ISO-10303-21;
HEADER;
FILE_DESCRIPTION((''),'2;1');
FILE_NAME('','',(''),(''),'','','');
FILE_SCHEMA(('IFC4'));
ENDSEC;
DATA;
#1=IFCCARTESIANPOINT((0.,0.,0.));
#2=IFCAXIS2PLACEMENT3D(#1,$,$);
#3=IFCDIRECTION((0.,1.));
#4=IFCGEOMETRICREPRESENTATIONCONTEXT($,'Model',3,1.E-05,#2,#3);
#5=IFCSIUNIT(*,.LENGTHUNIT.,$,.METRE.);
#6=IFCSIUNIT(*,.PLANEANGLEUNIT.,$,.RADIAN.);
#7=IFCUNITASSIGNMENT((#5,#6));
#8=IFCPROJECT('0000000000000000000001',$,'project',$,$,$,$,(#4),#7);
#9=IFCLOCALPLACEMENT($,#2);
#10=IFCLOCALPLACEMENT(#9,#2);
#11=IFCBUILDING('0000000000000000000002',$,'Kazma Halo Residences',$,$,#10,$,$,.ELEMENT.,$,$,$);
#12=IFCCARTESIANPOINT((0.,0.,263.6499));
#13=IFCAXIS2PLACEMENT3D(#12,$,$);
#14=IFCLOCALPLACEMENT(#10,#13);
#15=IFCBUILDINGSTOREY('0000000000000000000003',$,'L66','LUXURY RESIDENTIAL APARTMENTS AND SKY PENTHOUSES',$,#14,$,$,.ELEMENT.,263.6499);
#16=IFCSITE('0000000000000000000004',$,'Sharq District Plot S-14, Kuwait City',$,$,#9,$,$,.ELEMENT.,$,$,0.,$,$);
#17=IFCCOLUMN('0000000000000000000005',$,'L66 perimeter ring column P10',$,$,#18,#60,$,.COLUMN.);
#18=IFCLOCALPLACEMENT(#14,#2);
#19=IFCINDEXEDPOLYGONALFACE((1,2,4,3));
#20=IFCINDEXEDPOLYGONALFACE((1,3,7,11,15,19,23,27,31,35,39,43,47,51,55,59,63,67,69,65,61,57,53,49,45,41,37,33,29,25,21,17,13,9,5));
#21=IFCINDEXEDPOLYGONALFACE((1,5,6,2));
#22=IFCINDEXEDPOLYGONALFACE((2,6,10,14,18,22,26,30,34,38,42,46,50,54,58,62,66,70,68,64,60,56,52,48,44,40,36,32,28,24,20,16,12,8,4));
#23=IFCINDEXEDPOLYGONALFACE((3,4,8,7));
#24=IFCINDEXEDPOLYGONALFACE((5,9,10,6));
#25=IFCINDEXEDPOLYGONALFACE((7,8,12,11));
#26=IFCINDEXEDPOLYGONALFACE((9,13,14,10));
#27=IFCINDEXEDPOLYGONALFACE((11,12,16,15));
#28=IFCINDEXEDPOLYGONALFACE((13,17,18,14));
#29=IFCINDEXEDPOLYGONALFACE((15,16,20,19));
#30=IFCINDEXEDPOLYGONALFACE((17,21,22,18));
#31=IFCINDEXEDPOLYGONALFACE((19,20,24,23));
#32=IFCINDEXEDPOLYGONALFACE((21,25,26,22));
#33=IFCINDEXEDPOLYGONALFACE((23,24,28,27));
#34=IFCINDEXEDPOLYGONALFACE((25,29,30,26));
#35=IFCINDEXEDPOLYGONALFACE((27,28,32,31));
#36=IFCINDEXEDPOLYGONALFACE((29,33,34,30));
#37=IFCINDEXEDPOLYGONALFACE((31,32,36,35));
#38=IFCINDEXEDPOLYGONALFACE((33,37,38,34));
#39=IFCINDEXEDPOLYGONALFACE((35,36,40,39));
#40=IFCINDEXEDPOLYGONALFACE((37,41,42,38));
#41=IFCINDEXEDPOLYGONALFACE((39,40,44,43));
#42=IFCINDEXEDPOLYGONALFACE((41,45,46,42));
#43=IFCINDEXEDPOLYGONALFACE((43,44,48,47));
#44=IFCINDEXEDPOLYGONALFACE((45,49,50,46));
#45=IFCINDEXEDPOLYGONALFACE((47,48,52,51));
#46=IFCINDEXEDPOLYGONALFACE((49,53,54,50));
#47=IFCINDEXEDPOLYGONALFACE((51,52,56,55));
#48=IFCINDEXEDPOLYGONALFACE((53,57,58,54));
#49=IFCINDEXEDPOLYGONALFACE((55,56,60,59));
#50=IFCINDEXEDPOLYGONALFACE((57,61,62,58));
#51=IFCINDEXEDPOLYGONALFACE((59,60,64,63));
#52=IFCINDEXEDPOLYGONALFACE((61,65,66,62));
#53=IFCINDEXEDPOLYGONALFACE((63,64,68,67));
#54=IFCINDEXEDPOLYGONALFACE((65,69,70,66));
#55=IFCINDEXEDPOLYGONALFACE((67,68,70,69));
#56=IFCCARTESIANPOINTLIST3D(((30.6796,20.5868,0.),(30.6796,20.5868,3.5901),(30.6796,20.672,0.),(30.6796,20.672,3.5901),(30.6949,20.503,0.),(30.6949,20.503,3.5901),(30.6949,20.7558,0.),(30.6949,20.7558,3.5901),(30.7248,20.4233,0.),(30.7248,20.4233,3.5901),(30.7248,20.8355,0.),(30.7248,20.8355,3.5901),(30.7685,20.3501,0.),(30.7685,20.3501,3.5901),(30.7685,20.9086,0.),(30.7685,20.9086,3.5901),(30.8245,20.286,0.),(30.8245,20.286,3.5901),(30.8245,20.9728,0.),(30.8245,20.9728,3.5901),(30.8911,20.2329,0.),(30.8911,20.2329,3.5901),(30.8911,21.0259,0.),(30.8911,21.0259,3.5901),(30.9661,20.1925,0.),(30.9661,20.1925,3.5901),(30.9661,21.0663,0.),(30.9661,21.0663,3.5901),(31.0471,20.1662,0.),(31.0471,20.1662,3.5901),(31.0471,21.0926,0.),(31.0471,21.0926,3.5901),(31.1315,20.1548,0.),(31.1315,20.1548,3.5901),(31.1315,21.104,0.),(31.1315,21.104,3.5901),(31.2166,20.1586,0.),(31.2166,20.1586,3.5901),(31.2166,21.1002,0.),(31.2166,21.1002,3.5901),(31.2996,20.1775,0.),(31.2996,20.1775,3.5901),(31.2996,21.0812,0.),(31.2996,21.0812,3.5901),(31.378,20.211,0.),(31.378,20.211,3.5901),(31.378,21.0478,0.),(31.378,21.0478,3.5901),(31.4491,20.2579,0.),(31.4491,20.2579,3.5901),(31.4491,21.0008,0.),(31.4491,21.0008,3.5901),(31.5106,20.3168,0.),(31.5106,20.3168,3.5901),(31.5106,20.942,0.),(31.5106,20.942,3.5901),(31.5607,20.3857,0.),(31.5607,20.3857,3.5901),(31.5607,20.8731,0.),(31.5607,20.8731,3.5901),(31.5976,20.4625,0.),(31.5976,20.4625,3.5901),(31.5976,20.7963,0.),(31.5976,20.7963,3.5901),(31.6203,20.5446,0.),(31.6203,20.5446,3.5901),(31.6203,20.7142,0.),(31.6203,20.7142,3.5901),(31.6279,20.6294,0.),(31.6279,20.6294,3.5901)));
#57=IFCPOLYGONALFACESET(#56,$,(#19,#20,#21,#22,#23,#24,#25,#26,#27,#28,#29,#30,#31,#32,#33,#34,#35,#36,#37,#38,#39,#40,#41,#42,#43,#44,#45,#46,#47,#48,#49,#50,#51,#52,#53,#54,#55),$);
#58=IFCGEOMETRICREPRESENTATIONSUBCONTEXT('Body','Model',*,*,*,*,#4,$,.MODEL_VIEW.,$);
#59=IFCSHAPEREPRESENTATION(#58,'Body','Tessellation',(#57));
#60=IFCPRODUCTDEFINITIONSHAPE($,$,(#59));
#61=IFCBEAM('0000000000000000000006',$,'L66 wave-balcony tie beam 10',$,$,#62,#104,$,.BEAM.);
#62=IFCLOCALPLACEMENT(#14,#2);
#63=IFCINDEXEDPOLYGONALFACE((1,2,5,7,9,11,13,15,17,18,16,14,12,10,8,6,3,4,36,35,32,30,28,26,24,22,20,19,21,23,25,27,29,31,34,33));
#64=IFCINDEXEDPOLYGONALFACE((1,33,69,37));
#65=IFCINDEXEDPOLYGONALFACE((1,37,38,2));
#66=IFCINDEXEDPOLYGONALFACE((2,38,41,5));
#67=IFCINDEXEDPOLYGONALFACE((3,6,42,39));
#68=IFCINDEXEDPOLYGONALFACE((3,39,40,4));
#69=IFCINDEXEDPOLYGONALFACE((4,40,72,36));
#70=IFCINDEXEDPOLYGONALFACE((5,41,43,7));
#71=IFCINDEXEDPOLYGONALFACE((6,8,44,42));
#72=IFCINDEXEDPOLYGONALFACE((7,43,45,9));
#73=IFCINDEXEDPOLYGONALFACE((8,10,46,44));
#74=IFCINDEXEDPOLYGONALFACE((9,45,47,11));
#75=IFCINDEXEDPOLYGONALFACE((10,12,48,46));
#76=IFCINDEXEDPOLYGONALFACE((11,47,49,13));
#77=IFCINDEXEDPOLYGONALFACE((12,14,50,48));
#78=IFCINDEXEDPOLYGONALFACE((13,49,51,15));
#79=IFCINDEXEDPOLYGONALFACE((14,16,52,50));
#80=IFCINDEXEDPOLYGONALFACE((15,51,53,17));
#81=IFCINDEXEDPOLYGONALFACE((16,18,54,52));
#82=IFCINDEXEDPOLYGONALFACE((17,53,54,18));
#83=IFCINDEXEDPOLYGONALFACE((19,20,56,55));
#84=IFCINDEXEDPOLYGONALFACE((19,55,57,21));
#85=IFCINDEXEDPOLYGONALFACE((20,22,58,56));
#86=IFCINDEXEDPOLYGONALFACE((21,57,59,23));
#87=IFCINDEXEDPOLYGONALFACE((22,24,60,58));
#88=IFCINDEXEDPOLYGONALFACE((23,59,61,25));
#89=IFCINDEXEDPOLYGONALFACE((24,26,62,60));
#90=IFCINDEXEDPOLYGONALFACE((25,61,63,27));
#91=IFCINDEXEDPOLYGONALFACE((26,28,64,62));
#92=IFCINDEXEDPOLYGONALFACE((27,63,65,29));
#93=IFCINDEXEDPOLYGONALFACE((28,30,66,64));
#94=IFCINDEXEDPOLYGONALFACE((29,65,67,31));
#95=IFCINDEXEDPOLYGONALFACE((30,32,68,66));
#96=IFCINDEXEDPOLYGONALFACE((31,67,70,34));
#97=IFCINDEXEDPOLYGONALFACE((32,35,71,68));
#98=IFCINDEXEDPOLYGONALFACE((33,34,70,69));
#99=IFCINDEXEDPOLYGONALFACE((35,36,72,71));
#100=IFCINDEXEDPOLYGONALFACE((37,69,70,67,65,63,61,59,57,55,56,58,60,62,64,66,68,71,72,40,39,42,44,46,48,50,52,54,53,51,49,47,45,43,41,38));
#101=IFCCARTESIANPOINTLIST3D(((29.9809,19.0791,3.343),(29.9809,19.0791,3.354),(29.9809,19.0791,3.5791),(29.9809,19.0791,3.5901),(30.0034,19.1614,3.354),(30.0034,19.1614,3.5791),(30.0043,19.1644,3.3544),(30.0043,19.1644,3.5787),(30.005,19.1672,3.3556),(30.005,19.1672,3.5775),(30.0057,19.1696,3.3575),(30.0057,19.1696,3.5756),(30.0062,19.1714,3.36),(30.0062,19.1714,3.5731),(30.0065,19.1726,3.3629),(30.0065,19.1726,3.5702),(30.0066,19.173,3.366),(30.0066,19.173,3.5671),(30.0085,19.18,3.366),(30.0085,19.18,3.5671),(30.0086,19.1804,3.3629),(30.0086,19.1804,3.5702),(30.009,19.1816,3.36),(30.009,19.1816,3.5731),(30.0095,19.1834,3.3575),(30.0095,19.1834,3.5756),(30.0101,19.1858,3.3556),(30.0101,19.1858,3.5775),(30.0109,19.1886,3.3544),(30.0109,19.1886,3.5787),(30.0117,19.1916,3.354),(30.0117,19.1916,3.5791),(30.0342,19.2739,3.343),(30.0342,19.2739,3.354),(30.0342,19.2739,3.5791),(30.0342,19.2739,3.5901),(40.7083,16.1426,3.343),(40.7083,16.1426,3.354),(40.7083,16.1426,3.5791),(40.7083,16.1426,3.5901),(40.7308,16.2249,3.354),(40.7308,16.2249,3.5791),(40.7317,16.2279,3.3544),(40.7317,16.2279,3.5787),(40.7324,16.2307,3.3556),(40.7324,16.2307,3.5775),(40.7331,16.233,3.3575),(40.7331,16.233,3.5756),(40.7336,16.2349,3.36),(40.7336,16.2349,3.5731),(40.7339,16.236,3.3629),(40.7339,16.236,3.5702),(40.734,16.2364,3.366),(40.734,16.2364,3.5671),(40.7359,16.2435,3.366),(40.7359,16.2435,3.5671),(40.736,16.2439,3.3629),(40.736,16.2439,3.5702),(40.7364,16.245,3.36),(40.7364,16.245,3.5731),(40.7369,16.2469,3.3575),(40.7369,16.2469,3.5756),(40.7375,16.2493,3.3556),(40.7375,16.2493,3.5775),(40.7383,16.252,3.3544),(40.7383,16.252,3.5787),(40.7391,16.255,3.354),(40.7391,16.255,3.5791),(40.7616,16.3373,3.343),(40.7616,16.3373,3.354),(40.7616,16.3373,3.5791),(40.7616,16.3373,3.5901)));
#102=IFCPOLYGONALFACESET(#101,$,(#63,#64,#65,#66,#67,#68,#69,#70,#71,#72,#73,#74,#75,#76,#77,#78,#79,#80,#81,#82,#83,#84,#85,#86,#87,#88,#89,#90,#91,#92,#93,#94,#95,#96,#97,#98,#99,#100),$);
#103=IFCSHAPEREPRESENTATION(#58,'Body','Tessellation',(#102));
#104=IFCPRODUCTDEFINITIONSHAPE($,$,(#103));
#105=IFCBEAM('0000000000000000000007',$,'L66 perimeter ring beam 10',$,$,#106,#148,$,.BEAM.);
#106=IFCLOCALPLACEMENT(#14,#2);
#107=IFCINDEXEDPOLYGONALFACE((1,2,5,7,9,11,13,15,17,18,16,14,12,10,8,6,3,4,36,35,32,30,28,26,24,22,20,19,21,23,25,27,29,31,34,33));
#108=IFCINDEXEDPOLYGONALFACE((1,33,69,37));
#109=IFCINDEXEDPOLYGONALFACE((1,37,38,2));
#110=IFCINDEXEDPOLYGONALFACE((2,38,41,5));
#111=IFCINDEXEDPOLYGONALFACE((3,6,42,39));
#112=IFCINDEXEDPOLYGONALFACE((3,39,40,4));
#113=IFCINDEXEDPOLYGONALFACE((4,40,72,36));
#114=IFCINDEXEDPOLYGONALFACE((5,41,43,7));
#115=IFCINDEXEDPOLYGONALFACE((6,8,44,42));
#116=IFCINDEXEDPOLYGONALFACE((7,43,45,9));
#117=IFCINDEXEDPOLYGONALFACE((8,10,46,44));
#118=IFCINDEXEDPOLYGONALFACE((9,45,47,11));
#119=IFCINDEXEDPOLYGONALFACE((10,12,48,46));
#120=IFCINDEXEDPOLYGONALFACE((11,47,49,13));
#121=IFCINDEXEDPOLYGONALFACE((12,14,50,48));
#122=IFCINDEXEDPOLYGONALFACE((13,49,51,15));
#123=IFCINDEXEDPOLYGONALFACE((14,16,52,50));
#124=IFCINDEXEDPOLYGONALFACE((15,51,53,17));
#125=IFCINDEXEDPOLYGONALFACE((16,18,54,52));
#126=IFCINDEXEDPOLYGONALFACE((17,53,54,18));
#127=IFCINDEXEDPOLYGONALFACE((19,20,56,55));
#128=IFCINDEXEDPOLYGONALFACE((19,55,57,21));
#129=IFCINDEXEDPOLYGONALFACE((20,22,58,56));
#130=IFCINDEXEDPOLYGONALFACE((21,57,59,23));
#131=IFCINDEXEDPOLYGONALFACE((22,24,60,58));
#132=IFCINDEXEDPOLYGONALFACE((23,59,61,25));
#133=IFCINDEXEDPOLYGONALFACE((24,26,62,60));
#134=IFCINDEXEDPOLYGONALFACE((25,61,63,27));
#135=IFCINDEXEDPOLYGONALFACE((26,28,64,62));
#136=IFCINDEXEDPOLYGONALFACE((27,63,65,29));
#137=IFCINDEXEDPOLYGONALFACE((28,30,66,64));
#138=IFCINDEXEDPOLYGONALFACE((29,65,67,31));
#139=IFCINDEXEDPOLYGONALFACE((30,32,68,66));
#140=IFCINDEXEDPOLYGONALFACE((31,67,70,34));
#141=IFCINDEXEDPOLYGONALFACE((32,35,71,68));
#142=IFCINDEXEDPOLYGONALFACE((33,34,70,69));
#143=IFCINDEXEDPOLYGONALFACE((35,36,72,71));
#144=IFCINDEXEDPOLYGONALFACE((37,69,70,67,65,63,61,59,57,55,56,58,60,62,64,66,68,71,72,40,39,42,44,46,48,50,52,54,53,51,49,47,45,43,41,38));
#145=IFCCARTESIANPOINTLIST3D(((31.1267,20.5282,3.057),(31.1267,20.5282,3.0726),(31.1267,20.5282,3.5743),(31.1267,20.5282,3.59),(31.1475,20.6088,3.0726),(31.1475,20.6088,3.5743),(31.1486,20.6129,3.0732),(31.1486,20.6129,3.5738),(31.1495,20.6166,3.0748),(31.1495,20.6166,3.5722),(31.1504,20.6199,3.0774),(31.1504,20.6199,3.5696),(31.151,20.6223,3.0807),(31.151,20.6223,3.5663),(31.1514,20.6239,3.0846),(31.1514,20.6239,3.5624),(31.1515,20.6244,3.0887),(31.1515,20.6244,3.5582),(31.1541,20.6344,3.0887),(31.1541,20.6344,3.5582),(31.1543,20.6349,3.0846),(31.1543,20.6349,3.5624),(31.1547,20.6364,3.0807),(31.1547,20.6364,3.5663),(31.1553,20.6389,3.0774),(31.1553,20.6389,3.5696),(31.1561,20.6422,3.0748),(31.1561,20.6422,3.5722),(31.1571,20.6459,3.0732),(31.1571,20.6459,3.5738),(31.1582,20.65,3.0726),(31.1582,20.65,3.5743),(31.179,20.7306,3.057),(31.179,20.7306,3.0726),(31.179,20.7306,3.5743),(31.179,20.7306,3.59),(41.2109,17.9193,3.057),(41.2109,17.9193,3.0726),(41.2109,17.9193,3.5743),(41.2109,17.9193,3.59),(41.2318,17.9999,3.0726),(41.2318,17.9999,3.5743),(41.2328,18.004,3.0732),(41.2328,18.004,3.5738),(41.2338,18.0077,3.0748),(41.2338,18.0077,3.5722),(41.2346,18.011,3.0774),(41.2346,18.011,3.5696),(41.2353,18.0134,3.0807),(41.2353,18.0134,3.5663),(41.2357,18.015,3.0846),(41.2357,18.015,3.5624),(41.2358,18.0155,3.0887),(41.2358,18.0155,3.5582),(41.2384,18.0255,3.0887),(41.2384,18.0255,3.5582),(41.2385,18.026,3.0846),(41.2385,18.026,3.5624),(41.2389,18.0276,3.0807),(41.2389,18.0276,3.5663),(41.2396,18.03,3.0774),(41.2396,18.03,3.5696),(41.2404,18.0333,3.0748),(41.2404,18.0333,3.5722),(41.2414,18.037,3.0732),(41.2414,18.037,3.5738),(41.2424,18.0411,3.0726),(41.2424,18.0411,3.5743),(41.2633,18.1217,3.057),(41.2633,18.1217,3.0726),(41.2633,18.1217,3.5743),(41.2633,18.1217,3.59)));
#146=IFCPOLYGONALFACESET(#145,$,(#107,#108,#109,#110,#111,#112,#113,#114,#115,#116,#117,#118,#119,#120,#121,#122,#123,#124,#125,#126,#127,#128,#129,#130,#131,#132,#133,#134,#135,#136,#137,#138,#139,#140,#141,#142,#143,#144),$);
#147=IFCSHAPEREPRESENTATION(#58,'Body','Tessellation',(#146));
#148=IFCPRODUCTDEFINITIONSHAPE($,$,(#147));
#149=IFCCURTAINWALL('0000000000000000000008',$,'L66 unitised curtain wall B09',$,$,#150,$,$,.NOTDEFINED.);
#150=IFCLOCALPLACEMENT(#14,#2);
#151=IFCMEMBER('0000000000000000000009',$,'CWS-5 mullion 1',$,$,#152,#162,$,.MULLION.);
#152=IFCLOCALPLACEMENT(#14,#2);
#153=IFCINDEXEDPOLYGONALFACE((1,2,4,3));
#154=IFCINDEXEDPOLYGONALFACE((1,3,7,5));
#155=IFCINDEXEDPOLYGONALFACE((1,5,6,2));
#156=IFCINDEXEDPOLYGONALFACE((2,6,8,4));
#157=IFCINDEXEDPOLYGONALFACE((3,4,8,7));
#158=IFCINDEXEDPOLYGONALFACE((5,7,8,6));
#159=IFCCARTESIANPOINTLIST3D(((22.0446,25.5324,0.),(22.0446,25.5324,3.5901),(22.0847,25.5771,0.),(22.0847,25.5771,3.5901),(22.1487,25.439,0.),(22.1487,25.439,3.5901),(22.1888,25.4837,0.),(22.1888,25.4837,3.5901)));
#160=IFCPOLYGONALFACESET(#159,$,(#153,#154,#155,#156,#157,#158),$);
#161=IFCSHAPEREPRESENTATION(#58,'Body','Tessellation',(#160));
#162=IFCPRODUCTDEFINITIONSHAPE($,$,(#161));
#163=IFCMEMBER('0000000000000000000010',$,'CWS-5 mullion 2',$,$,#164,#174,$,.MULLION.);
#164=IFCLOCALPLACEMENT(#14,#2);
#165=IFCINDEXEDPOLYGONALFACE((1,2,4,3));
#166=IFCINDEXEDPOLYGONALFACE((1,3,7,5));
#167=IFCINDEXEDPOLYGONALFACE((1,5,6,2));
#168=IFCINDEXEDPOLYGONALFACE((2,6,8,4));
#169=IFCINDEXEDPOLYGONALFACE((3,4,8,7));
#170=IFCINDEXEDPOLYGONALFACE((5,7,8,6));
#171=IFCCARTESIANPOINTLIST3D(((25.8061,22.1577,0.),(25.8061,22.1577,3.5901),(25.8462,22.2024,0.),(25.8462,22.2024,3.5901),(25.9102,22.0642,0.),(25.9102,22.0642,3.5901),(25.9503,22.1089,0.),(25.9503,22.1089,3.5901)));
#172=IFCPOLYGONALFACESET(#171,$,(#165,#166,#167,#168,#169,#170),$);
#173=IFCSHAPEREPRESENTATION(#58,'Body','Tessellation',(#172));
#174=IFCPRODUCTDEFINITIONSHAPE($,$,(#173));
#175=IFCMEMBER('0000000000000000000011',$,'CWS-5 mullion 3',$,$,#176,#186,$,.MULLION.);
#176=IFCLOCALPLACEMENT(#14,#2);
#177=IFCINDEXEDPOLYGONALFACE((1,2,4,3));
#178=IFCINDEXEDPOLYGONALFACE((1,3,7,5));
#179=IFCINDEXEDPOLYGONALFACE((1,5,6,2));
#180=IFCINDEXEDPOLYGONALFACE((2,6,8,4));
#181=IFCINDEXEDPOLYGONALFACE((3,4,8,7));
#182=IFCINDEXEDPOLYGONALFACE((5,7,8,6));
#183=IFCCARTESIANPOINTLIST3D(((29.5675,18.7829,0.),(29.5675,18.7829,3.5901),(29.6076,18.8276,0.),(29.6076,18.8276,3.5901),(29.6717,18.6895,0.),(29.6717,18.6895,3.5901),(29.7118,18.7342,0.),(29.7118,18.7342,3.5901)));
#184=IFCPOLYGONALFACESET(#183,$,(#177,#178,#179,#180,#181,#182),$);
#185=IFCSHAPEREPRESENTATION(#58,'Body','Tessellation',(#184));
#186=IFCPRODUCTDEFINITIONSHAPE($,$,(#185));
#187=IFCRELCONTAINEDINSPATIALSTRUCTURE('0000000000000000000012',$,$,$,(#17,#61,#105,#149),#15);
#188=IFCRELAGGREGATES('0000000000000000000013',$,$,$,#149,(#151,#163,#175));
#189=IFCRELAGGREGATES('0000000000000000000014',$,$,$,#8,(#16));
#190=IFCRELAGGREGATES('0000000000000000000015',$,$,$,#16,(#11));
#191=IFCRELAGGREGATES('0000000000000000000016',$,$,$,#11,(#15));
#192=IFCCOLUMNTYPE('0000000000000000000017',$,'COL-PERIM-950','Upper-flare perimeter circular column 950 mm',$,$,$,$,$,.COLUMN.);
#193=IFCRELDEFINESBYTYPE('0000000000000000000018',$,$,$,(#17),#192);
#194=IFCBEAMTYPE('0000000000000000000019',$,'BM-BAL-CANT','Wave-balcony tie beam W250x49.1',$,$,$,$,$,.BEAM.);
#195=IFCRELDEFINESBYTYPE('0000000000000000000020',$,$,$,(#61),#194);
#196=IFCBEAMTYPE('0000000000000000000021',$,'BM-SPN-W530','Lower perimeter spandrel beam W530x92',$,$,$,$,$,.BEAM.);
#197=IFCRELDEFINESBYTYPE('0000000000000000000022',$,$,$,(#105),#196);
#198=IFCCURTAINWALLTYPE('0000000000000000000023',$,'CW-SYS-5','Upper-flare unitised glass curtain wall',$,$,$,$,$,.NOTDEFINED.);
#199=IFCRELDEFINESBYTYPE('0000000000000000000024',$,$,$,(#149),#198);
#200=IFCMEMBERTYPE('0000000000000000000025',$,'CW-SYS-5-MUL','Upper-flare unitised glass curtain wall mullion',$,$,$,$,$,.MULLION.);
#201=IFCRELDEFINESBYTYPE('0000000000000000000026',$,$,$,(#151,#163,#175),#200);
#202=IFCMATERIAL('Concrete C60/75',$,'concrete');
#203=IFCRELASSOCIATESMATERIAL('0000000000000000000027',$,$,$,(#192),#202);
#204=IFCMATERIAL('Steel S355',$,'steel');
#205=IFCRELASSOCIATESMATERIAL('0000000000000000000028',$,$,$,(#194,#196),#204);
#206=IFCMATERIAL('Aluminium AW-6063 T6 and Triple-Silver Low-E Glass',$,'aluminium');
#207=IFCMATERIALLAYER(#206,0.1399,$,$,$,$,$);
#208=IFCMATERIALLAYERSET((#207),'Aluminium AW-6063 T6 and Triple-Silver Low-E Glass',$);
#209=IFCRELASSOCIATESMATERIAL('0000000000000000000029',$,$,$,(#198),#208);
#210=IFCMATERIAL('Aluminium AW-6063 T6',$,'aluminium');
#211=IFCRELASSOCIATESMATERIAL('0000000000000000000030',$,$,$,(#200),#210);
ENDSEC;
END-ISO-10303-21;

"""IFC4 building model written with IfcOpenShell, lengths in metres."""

from ifc_helpers import new_model, si_unit, direction, frame, origin, origin_2d, place, context, subcontext, project, spatial, rectangle, circle, i_section, extrude, material, layer, layer_set, material_profile, profile_set, type_object, element, aggregate, save


model = new_model("IFC4")

# Units and contexts
model_context = context("Model", 3, precision=1e-05, world=origin(), true_north=direction((0.0, 1.0)))
body_context = subcontext(model_context, "Body", "Model", "MODEL_VIEW")
ifc_project = project(units=[si_unit("LENGTHUNIT", "METRE"), si_unit("PLANEANGLEUNIT", "RADIAN")], contexts=[model_context])

# Site, building, storey
site_placement = place(None, origin())
site = spatial("IfcSite", under=ifc_project, at=site_placement, Name="Sharq District Plot S-14, Kuwait City", CompositionType="ELEMENT", RefElevation=0.0)
building_placement = place(site_placement, origin())
building = spatial("IfcBuilding", under=site, at=building_placement, Name="Kazma Halo Residences", CompositionType="ELEMENT")
storey_placement = place(building_placement, frame((0.0, 0.0, 263.6499)))
storey = spatial("IfcBuildingStorey", under=building, at=storey_placement, Name="L66", Description="LUXURY RESIDENTIAL APARTMENTS AND SKY PENTHOUSES", CompositionType="ELEMENT", Elevation=263.6499)

# Column
ifc_material_1 = material(Name="Concrete C60/75", Category="concrete")
ifc_material_profile_1 = material_profile(ifc_material_1, circle(Radius=0.4751, at=origin_2d()), Name="CIRC950")
ifc_profile_set_1 = profile_set([ifc_material_profile_1], Name="Concrete C60/75")
column_type = type_object("IfcColumnType", Name="COL-PERIM-950", Description="Upper-flare perimeter circular column 950 mm", PredefinedType="COLUMN", material=ifc_profile_set_1)
column_placement = place(storey_placement, frame((31.1528, 20.6294, 0.0), z_axis=(0.0, 0.0, 1.0), x_axis=(1.0, 0.0, 0.0)))
element("IfcColumn", 1, at=column_placement, inside=storey, type_object=column_type, Name="L66 perimeter ring column P10", PredefinedType="COLUMN", context=body_context, shape_type="SweptSolid", body=[
    extrude(circle(Radius=0.4751, at=origin_2d()), origin(), (0.0, 0.0, 1.0), 3.5901),
])

# Beams
ifc_material_2 = material(Name="Steel S355", Category="steel")
ifc_material_profile_2 = material_profile(ifc_material_2, i_section(OverallWidth=0.2019, OverallDepth=0.2471, WebThickness=0.0073, FlangeThickness=0.011, FilletRadius=0.012, at=origin_2d()), Name="W250x49.1")
ifc_profile_set_2 = profile_set([ifc_material_profile_2], Name="Steel S355")
beam_type_1 = type_object("IfcBeamType", Name="BM-BAL-CANT", Description="Wave-balcony tie beam W250x49.1", PredefinedType="BEAM", material=ifc_profile_set_2)
beam_1_placement = place(storey_placement, frame((30.0076, 19.1765, 3.4666), z_axis=(0.964515, -0.264029, 0.0), x_axis=(0.264029, 0.964515, 0.0)))
element("IfcBeam", 2, at=beam_1_placement, inside=storey, type_object=beam_type_1, Name="L66 wave-balcony tie beam 10", PredefinedType="BEAM", context=body_context, shape_type="SweptSolid", body=[
    extrude(i_section(OverallWidth=0.2019, OverallDepth=0.2471, WebThickness=0.0073, FlangeThickness=0.011, FilletRadius=0.012, at=origin_2d()), origin(), (0.0, 0.0, 1.0), 11.1221),
])
ifc_material_profile_3 = material_profile(ifc_material_2, i_section(OverallWidth=0.209, OverallDepth=0.533, WebThickness=0.0103, FlangeThickness=0.0156, FilletRadius=0.0161, at=origin_2d()), Name="W530x92")
ifc_profile_set_3 = profile_set([ifc_material_profile_3], Name="Steel S355")
beam_type_2 = type_object("IfcBeamType", Name="BM-SPN-W530", Description="Lower perimeter spandrel beam W530x92", PredefinedType="BEAM", material=ifc_profile_set_3)
beam_2_placement = place(storey_placement, frame((31.1528, 20.6294, 3.3235), z_axis=(0.968126, -0.250464, 0.0), x_axis=(0.250464, 0.968126, 0.0)))
element("IfcBeam", 3, at=beam_2_placement, inside=storey, type_object=beam_type_2, Name="L66 perimeter ring beam 10", PredefinedType="BEAM", context=body_context, shape_type="SweptSolid", body=[
    extrude(i_section(OverallWidth=0.209, OverallDepth=0.533, WebThickness=0.0103, FlangeThickness=0.0156, FilletRadius=0.0161, at=origin_2d()), origin(), (0.0, 0.0, 1.0), 10.4163),
])

# Curtain wall, members
ifc_material_3 = material(Name="Aluminium AW-6063 T6 and Triple-Silver Low-E Glass", Category="aluminium")
ifc_layer_1 = layer(ifc_material_3, 0.1399)
ifc_layer_set_1 = layer_set([ifc_layer_1], Name="Aluminium AW-6063 T6 and Triple-Silver Low-E Glass")
curtain_wall_type = type_object("IfcCurtainWallType", Name="CW-SYS-5", Description="Upper-flare unitised glass curtain wall", PredefinedType="NOTDEFINED", material=ifc_layer_set_1)
curtain_wall_placement = place(storey_placement, origin())
curtain_wall = element("IfcCurtainWall", 4, at=curtain_wall_placement, inside=storey, type_object=curtain_wall_type, Name="L66 unitised curtain wall B09", PredefinedType="NOTDEFINED")
ifc_material_4 = material(Name="Aluminium AW-6063 T6", Category="aluminium")
ifc_material_profile_4 = material_profile(ifc_material_4, rectangle(XDim=0.0601, YDim=0.1399, at=origin_2d()), Name="CWM-60x140")
ifc_profile_set_4 = profile_set([ifc_material_profile_4], Name="Aluminium AW-6063 T6")
member_type_1 = type_object("IfcMemberType", Name="CW-SYS-5-MUL", Description="Upper-flare unitised glass curtain wall mullion", PredefinedType="MULLION", material=ifc_profile_set_4)
member_1_placement = place(storey_placement, frame((22.1167, 25.5081, 0.0), z_axis=(0.0, 0.0, 1.0), x_axis=(0.667805, 0.744336, 0.0)))
member_1 = element("IfcMember", 5, at=member_1_placement, type_object=member_type_1, Name="CWS-5 mullion 1", PredefinedType="MULLION", context=body_context, shape_type="SweptSolid", body=[
    extrude(rectangle(XDim=0.0601, YDim=0.1399, at=origin_2d()), origin(), (0.0, 0.0, 1.0), 3.5901),
])
member_2_placement = place(storey_placement, frame((25.8782, 22.1333, 0.0), z_axis=(0.0, 0.0, 1.0), x_axis=(0.667805, 0.744336, 0.0)))
member_2 = element("IfcMember", 6, at=member_2_placement, type_object=member_type_1, Name="CWS-5 mullion 2", PredefinedType="MULLION", context=body_context, shape_type="SweptSolid", body=[
    extrude(rectangle(XDim=0.0601, YDim=0.1399, at=origin_2d()), origin(), (0.0, 0.0, 1.0), 3.5901),
])
member_3_placement = place(storey_placement, frame((29.6396, 18.7585, 0.0), z_axis=(0.0, 0.0, 1.0), x_axis=(0.667805, 0.744336, 0.0)))
member_3 = element("IfcMember", 7, at=member_3_placement, type_object=member_type_1, Name="CWS-5 mullion 3", PredefinedType="MULLION", context=body_context, shape_type="SweptSolid", body=[
    extrude(rectangle(XDim=0.0601, YDim=0.1399, at=origin_2d()), origin(), (0.0, 0.0, 1.0), 3.5901),
])
aggregate(curtain_wall, [member_1, member_2, member_3])

save(model, "model.ifc")
